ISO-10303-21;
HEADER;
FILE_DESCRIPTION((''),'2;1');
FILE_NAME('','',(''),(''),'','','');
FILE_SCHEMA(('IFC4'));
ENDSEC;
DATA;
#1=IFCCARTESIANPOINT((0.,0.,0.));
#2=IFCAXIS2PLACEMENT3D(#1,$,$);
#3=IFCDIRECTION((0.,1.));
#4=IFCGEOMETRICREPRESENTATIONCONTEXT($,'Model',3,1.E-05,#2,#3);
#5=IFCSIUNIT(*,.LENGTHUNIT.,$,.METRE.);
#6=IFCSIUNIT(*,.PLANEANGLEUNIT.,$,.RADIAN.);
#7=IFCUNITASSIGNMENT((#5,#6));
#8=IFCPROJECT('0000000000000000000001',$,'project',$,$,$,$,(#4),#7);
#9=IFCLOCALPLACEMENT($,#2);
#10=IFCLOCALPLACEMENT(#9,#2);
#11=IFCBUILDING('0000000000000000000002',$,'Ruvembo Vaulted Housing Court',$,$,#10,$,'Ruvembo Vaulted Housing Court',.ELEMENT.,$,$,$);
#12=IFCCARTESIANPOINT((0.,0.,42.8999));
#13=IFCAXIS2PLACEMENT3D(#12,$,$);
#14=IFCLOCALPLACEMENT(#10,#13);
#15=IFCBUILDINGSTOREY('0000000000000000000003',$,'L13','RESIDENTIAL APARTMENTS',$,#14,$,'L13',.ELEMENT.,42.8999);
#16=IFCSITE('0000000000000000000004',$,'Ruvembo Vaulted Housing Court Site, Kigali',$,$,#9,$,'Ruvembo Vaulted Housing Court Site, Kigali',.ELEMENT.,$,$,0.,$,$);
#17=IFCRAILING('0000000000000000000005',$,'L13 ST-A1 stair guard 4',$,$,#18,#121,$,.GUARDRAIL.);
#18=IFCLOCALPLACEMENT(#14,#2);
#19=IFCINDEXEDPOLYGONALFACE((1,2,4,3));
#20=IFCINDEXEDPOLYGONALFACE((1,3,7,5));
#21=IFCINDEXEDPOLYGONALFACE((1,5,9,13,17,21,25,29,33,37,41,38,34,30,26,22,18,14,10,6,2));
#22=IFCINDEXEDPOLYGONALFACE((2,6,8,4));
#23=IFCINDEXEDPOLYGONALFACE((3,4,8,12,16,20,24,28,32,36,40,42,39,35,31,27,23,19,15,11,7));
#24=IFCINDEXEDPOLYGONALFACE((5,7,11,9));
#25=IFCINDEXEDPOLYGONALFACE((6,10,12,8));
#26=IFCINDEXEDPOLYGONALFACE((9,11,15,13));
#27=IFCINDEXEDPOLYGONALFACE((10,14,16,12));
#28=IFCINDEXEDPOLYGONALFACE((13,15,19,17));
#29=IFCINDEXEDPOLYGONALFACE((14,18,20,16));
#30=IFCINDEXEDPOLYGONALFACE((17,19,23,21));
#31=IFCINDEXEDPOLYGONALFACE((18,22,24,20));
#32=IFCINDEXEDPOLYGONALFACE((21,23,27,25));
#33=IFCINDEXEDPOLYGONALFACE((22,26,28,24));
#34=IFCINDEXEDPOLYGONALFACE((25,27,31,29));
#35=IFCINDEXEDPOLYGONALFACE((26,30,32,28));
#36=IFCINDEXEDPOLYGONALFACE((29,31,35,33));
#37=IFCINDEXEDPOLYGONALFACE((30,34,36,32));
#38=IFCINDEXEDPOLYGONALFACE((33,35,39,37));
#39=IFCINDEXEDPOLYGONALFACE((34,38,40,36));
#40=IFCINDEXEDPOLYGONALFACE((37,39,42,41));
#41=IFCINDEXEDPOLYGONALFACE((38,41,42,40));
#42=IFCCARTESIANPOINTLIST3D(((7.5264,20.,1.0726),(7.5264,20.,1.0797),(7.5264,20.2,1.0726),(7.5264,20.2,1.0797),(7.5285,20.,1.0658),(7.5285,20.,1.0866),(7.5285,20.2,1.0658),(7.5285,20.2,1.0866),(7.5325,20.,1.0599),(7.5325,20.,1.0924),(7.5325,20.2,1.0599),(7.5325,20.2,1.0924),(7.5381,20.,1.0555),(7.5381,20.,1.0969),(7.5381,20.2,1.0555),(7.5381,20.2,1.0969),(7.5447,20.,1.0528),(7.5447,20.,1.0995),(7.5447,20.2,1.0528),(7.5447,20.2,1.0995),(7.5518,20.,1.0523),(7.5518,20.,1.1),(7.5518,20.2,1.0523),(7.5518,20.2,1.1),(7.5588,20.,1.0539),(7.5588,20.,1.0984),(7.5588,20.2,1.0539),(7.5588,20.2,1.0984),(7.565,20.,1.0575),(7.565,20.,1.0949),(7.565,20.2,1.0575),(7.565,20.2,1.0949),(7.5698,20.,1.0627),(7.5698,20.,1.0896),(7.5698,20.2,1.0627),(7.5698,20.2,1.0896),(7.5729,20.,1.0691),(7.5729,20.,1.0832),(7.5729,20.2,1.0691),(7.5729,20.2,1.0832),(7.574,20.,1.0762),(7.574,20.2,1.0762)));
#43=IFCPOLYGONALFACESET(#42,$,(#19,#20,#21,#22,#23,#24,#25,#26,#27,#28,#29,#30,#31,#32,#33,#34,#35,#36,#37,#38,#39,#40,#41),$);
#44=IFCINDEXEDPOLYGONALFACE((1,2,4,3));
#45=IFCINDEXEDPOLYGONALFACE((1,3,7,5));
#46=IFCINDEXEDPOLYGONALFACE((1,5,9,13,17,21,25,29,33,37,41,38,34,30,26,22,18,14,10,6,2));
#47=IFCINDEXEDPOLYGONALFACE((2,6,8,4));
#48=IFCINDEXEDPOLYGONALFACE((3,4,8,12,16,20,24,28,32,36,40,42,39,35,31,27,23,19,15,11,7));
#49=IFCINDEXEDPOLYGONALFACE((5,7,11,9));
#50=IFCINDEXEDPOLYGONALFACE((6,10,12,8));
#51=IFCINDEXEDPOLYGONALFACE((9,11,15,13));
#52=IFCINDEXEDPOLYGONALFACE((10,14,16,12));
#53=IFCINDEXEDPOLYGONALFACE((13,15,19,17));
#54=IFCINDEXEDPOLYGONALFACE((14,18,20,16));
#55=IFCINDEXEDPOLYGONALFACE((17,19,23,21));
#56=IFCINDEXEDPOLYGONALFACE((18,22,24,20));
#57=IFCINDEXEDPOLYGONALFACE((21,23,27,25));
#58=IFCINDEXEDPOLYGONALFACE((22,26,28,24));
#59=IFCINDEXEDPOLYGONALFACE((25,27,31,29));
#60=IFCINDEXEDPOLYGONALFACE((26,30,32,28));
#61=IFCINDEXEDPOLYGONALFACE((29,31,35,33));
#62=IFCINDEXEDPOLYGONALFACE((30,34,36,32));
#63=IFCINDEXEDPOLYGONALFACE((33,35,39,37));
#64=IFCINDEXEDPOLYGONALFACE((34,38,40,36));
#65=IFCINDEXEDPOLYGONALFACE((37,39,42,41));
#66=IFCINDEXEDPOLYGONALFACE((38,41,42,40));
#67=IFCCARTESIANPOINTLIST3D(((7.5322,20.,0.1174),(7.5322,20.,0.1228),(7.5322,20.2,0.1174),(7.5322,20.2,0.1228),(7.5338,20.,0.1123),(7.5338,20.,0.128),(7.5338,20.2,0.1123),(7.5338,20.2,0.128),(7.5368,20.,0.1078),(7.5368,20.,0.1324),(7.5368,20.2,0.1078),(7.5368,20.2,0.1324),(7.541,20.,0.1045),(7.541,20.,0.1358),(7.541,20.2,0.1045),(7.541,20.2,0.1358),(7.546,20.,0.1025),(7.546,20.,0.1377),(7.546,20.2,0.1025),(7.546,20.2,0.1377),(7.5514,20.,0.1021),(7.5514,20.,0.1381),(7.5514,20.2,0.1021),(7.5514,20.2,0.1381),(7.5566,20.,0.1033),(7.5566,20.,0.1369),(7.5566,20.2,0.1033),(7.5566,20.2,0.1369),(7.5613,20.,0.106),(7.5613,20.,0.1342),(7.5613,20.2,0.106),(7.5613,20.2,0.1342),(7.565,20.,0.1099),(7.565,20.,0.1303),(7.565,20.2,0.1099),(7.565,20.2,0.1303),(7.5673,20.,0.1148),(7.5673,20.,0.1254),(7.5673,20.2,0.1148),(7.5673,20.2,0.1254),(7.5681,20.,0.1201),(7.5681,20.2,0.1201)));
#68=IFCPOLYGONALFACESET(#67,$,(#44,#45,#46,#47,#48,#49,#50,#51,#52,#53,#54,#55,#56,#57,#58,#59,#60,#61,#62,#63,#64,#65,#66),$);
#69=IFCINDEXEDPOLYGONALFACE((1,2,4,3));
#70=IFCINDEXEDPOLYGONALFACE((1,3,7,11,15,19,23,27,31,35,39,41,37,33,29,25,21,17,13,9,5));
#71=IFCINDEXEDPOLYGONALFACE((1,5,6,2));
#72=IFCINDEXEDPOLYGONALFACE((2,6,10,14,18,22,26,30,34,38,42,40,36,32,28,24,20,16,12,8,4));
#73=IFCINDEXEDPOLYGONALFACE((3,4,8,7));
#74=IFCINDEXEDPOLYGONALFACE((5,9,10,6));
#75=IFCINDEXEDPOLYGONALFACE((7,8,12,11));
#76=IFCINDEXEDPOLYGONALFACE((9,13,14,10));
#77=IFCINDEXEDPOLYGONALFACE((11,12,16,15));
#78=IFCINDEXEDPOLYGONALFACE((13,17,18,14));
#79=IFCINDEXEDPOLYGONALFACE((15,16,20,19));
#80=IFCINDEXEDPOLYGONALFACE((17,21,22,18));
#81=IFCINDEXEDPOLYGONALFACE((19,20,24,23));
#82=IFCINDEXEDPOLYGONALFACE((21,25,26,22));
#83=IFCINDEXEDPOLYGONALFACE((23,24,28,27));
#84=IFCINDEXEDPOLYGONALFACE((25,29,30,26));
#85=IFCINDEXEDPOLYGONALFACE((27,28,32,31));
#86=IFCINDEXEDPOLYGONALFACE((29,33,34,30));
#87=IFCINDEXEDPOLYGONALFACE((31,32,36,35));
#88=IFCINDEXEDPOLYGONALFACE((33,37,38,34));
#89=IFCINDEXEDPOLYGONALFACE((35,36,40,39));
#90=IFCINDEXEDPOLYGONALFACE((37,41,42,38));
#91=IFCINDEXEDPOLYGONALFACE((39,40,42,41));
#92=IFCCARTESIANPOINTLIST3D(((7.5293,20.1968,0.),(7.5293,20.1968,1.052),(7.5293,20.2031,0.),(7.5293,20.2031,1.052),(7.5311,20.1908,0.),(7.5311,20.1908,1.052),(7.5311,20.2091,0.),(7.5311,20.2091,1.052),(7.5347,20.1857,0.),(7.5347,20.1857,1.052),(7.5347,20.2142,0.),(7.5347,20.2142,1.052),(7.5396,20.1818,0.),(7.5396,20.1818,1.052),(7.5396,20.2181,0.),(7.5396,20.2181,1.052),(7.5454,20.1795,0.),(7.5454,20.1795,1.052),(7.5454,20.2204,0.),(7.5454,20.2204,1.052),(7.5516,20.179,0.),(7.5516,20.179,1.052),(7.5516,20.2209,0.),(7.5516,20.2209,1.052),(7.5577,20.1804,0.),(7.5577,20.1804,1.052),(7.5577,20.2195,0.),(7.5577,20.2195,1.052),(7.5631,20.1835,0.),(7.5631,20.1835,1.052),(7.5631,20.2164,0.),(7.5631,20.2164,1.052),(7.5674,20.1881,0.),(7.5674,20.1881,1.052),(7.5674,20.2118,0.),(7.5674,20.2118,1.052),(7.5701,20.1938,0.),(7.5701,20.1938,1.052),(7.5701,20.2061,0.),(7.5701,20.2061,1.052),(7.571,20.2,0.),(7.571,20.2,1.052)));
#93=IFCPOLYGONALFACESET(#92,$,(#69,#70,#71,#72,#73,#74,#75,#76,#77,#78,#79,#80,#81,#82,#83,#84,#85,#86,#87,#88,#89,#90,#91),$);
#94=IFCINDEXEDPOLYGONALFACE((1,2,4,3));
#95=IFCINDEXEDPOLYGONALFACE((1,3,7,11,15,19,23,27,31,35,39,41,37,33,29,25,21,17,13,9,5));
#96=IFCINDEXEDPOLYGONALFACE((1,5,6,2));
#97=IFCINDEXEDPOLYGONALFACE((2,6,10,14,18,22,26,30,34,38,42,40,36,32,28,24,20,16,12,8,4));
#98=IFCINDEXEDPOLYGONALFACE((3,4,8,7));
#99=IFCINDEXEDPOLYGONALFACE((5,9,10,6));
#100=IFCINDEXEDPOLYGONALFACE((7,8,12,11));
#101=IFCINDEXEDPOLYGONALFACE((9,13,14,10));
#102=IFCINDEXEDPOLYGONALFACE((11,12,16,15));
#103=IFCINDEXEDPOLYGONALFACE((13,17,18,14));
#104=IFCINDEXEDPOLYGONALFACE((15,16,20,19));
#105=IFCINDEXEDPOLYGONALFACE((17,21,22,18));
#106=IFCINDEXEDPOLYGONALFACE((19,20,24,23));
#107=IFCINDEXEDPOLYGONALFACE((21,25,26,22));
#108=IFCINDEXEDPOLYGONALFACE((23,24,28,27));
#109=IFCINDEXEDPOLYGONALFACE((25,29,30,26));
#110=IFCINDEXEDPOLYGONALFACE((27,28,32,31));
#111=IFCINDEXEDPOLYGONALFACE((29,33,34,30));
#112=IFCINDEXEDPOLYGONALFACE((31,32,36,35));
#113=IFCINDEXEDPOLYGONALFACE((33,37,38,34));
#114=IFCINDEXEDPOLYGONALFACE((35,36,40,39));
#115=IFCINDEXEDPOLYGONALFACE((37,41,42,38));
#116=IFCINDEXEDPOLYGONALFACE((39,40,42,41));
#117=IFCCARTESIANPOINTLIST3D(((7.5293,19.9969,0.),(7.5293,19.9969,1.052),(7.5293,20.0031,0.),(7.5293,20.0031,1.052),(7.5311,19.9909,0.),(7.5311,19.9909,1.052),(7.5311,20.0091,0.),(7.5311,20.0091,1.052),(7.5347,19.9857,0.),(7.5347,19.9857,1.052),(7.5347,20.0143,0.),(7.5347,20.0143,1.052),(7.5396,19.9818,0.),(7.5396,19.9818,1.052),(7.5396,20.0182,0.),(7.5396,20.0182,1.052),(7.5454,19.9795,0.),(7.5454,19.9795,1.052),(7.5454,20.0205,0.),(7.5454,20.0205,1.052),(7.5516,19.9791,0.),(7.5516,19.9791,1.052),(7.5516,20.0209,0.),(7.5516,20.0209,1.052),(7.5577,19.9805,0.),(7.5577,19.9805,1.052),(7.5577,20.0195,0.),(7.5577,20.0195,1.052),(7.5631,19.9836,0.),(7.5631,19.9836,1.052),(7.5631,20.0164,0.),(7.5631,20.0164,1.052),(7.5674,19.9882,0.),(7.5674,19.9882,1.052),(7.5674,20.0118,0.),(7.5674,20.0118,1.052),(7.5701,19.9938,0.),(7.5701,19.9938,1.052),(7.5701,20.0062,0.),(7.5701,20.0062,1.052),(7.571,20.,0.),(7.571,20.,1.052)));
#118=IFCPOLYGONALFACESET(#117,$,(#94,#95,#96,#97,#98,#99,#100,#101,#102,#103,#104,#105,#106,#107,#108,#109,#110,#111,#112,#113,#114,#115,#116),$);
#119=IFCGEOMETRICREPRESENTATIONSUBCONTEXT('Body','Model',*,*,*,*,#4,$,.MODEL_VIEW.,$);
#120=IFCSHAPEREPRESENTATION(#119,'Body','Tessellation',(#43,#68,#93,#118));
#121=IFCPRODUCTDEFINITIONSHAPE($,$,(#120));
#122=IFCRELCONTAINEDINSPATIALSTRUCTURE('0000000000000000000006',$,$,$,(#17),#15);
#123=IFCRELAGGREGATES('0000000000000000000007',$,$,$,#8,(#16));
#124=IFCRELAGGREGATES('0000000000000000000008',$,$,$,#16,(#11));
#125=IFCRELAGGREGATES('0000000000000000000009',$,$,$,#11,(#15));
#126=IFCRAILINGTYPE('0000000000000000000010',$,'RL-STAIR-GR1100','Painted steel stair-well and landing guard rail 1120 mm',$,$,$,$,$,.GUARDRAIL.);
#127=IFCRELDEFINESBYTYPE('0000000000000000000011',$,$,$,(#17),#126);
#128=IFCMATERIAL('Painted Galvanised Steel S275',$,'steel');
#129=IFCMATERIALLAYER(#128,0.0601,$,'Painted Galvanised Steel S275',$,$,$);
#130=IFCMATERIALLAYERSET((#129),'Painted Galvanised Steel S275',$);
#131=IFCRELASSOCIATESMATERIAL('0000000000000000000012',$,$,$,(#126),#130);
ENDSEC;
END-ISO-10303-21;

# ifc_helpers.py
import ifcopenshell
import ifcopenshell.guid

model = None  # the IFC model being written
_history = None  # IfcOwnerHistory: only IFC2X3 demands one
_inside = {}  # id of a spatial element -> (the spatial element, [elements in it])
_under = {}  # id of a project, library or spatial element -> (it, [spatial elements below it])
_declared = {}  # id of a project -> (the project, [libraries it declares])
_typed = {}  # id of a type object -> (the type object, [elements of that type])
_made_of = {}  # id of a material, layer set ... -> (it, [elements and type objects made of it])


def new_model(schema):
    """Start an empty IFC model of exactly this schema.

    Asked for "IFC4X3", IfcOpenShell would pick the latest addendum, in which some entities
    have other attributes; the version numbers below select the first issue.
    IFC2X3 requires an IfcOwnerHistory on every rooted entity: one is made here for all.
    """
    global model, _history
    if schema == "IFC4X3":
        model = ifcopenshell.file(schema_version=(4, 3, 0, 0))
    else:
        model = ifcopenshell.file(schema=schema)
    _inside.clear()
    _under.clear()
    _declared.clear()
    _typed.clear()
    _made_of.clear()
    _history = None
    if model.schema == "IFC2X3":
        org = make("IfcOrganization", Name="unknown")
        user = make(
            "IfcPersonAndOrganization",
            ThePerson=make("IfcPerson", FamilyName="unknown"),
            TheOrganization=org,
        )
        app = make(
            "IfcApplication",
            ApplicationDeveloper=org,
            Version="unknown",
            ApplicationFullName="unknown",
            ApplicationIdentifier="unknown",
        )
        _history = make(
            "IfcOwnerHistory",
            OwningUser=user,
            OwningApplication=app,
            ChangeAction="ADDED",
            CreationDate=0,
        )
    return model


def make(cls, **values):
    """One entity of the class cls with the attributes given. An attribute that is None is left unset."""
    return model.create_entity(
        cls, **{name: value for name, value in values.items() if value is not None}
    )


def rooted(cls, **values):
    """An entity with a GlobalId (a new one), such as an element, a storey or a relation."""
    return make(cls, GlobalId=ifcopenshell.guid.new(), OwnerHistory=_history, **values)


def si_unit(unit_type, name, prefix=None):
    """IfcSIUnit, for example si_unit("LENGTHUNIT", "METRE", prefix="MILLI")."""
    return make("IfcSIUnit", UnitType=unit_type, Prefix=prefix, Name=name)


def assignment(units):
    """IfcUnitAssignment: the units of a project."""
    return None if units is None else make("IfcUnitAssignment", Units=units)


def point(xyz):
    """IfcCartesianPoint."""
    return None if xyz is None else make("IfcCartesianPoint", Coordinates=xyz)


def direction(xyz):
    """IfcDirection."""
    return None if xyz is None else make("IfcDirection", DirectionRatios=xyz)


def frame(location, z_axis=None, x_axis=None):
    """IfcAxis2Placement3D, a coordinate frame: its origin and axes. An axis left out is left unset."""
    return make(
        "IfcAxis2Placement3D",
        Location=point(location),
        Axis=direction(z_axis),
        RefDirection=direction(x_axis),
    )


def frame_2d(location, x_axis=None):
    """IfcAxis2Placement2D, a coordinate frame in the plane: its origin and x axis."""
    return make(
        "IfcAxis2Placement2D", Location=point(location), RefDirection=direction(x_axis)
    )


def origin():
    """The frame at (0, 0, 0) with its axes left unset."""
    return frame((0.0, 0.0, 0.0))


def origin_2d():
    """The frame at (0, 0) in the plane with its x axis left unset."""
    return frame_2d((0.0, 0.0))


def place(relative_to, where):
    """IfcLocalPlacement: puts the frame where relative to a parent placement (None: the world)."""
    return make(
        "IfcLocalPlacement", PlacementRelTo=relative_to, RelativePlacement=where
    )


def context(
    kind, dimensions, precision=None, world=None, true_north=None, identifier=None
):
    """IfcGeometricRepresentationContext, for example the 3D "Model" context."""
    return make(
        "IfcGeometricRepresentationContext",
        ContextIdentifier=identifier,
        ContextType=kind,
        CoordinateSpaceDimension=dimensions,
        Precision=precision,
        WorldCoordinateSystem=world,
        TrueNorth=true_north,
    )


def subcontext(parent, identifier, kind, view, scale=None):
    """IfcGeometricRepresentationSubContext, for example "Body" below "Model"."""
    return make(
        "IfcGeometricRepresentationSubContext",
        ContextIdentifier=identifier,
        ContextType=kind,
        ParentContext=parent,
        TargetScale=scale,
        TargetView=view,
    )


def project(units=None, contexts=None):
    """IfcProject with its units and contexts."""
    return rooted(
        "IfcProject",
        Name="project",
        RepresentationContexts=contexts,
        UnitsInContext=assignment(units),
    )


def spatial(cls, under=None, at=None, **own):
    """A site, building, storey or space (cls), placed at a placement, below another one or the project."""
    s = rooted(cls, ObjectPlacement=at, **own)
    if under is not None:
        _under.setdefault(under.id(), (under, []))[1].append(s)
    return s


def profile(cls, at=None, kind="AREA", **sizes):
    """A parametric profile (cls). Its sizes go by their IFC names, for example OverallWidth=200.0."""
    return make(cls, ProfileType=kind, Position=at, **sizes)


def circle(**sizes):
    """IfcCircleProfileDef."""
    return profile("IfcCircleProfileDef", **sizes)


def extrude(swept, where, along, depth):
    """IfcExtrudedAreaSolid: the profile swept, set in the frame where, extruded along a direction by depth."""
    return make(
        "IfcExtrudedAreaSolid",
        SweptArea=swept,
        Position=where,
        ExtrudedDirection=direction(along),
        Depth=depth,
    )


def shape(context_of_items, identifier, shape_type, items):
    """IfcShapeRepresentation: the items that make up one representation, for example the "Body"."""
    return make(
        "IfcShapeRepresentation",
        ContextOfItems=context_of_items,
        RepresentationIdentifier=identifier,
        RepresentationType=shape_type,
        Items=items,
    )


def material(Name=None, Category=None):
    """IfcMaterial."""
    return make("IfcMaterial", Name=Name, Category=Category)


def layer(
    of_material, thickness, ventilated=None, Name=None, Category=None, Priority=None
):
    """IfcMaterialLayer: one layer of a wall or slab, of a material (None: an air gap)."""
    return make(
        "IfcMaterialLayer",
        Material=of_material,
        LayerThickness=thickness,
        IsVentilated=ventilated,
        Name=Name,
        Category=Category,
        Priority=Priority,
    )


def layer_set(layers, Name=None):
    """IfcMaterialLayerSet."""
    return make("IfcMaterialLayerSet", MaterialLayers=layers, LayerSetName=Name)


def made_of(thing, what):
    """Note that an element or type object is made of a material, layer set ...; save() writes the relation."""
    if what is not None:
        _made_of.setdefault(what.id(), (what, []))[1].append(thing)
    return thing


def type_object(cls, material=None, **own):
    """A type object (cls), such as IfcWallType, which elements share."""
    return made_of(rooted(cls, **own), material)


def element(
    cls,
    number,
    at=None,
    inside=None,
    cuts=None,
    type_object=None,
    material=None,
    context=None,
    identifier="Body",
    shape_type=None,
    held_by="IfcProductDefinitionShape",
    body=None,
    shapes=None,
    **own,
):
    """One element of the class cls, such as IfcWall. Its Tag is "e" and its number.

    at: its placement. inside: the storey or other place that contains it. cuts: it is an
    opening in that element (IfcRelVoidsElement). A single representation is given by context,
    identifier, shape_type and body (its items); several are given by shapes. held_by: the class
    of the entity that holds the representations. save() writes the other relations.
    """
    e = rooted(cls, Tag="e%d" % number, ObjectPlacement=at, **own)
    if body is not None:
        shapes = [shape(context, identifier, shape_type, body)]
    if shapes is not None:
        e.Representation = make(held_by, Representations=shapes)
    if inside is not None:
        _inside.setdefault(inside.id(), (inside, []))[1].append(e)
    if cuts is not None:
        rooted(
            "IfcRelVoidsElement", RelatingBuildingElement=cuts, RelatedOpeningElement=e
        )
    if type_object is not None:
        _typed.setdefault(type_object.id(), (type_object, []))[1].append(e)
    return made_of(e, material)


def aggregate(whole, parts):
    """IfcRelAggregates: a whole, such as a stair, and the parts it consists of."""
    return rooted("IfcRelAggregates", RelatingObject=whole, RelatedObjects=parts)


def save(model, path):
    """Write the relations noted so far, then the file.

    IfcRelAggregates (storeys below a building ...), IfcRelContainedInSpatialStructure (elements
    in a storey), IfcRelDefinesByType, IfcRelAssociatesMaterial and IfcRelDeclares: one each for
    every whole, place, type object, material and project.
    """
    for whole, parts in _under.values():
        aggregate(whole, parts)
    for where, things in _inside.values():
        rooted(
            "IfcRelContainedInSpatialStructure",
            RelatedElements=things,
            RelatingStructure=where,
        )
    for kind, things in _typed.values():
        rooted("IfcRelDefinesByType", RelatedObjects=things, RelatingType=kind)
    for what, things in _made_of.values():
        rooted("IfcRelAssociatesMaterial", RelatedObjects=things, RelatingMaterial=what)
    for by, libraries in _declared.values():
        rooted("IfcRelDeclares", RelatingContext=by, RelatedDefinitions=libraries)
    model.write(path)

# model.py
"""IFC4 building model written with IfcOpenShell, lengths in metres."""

from ifc_helpers import new_model, si_unit, direction, frame, origin, origin_2d, place, context, subcontext, project, spatial, circle, extrude, material, layer, layer_set, type_object, element, save


model = new_model("IFC4")

# Units and contexts
model_context = context("Model", 3, precision=1e-05, world=origin(), true_north=direction((0.0, 1.0)))
body_context = subcontext(model_context, "Body", "Model", "MODEL_VIEW")
ifc_project = project(units=[si_unit("LENGTHUNIT", "METRE"), si_unit("PLANEANGLEUNIT", "RADIAN")], contexts=[model_context])

# Site, building, storey
site_placement = place(None, origin())
site = spatial("IfcSite", under=ifc_project, at=site_placement, Name="Ruvembo Vaulted Housing Court Site, Kigali", LongName="Ruvembo Vaulted Housing Court Site, Kigali", CompositionType="ELEMENT", RefElevation=0.0)
building_placement = place(site_placement, origin())
building = spatial("IfcBuilding", under=site, at=building_placement, Name="Ruvembo Vaulted Housing Court", LongName="Ruvembo Vaulted Housing Court", CompositionType="ELEMENT")
storey_placement = place(building_placement, frame((0.0, 0.0, 42.8999)))
storey = spatial("IfcBuildingStorey", under=building, at=storey_placement, Name="L13", Description="RESIDENTIAL APARTMENTS", LongName="L13", CompositionType="ELEMENT", Elevation=42.8999)

# Railing
ifc_material_1 = material(Name="Painted Galvanised Steel S275", Category="steel")
ifc_layer_1 = layer(ifc_material_1, 0.0601, Name="Painted Galvanised Steel S275")
ifc_layer_set_1 = layer_set([ifc_layer_1], Name="Painted Galvanised Steel S275")
railing_type_1 = type_object("IfcRailingType", Name="RL-STAIR-GR1100", Description="Painted steel stair-well and landing guard rail 1120 mm", PredefinedType="GUARDRAIL", material=ifc_layer_set_1)
railing_1_placement = place(storey_placement, frame((7.55, 20.2, 0.0)))
element("IfcRailing", 1, at=railing_1_placement, inside=storey, type_object=railing_type_1, Name="L13 ST-A1 stair guard 4", PredefinedType="GUARDRAIL", context=body_context, shape_type="SweptSolid", body=[
    extrude(circle(Radius=0.0239, at=origin_2d()), frame((0.0, 0.0, 1.0762), z_axis=(0.0, -1.0, 0.0), x_axis=(1.0, 0.0, 0.0)), (0.0, 0.0, 1.0), 0.2),
    extrude(circle(Radius=0.0181, at=origin_2d()), frame((0.0, 0.0, 0.1201), z_axis=(0.0, -1.0, 0.0), x_axis=(1.0, 0.0, 0.0)), (0.0, 0.0, 1.0), 0.2),
    extrude(circle(Radius=0.021, at=origin_2d()), origin(), (0.0, 0.0, 1.0), 1.052),
    extrude(circle(Radius=0.021, at=origin_2d()), frame((0.0, -0.2, 0.0)), (0.0, 0.0, 1.0), 1.052),
])

save(model, "model.ifc")
